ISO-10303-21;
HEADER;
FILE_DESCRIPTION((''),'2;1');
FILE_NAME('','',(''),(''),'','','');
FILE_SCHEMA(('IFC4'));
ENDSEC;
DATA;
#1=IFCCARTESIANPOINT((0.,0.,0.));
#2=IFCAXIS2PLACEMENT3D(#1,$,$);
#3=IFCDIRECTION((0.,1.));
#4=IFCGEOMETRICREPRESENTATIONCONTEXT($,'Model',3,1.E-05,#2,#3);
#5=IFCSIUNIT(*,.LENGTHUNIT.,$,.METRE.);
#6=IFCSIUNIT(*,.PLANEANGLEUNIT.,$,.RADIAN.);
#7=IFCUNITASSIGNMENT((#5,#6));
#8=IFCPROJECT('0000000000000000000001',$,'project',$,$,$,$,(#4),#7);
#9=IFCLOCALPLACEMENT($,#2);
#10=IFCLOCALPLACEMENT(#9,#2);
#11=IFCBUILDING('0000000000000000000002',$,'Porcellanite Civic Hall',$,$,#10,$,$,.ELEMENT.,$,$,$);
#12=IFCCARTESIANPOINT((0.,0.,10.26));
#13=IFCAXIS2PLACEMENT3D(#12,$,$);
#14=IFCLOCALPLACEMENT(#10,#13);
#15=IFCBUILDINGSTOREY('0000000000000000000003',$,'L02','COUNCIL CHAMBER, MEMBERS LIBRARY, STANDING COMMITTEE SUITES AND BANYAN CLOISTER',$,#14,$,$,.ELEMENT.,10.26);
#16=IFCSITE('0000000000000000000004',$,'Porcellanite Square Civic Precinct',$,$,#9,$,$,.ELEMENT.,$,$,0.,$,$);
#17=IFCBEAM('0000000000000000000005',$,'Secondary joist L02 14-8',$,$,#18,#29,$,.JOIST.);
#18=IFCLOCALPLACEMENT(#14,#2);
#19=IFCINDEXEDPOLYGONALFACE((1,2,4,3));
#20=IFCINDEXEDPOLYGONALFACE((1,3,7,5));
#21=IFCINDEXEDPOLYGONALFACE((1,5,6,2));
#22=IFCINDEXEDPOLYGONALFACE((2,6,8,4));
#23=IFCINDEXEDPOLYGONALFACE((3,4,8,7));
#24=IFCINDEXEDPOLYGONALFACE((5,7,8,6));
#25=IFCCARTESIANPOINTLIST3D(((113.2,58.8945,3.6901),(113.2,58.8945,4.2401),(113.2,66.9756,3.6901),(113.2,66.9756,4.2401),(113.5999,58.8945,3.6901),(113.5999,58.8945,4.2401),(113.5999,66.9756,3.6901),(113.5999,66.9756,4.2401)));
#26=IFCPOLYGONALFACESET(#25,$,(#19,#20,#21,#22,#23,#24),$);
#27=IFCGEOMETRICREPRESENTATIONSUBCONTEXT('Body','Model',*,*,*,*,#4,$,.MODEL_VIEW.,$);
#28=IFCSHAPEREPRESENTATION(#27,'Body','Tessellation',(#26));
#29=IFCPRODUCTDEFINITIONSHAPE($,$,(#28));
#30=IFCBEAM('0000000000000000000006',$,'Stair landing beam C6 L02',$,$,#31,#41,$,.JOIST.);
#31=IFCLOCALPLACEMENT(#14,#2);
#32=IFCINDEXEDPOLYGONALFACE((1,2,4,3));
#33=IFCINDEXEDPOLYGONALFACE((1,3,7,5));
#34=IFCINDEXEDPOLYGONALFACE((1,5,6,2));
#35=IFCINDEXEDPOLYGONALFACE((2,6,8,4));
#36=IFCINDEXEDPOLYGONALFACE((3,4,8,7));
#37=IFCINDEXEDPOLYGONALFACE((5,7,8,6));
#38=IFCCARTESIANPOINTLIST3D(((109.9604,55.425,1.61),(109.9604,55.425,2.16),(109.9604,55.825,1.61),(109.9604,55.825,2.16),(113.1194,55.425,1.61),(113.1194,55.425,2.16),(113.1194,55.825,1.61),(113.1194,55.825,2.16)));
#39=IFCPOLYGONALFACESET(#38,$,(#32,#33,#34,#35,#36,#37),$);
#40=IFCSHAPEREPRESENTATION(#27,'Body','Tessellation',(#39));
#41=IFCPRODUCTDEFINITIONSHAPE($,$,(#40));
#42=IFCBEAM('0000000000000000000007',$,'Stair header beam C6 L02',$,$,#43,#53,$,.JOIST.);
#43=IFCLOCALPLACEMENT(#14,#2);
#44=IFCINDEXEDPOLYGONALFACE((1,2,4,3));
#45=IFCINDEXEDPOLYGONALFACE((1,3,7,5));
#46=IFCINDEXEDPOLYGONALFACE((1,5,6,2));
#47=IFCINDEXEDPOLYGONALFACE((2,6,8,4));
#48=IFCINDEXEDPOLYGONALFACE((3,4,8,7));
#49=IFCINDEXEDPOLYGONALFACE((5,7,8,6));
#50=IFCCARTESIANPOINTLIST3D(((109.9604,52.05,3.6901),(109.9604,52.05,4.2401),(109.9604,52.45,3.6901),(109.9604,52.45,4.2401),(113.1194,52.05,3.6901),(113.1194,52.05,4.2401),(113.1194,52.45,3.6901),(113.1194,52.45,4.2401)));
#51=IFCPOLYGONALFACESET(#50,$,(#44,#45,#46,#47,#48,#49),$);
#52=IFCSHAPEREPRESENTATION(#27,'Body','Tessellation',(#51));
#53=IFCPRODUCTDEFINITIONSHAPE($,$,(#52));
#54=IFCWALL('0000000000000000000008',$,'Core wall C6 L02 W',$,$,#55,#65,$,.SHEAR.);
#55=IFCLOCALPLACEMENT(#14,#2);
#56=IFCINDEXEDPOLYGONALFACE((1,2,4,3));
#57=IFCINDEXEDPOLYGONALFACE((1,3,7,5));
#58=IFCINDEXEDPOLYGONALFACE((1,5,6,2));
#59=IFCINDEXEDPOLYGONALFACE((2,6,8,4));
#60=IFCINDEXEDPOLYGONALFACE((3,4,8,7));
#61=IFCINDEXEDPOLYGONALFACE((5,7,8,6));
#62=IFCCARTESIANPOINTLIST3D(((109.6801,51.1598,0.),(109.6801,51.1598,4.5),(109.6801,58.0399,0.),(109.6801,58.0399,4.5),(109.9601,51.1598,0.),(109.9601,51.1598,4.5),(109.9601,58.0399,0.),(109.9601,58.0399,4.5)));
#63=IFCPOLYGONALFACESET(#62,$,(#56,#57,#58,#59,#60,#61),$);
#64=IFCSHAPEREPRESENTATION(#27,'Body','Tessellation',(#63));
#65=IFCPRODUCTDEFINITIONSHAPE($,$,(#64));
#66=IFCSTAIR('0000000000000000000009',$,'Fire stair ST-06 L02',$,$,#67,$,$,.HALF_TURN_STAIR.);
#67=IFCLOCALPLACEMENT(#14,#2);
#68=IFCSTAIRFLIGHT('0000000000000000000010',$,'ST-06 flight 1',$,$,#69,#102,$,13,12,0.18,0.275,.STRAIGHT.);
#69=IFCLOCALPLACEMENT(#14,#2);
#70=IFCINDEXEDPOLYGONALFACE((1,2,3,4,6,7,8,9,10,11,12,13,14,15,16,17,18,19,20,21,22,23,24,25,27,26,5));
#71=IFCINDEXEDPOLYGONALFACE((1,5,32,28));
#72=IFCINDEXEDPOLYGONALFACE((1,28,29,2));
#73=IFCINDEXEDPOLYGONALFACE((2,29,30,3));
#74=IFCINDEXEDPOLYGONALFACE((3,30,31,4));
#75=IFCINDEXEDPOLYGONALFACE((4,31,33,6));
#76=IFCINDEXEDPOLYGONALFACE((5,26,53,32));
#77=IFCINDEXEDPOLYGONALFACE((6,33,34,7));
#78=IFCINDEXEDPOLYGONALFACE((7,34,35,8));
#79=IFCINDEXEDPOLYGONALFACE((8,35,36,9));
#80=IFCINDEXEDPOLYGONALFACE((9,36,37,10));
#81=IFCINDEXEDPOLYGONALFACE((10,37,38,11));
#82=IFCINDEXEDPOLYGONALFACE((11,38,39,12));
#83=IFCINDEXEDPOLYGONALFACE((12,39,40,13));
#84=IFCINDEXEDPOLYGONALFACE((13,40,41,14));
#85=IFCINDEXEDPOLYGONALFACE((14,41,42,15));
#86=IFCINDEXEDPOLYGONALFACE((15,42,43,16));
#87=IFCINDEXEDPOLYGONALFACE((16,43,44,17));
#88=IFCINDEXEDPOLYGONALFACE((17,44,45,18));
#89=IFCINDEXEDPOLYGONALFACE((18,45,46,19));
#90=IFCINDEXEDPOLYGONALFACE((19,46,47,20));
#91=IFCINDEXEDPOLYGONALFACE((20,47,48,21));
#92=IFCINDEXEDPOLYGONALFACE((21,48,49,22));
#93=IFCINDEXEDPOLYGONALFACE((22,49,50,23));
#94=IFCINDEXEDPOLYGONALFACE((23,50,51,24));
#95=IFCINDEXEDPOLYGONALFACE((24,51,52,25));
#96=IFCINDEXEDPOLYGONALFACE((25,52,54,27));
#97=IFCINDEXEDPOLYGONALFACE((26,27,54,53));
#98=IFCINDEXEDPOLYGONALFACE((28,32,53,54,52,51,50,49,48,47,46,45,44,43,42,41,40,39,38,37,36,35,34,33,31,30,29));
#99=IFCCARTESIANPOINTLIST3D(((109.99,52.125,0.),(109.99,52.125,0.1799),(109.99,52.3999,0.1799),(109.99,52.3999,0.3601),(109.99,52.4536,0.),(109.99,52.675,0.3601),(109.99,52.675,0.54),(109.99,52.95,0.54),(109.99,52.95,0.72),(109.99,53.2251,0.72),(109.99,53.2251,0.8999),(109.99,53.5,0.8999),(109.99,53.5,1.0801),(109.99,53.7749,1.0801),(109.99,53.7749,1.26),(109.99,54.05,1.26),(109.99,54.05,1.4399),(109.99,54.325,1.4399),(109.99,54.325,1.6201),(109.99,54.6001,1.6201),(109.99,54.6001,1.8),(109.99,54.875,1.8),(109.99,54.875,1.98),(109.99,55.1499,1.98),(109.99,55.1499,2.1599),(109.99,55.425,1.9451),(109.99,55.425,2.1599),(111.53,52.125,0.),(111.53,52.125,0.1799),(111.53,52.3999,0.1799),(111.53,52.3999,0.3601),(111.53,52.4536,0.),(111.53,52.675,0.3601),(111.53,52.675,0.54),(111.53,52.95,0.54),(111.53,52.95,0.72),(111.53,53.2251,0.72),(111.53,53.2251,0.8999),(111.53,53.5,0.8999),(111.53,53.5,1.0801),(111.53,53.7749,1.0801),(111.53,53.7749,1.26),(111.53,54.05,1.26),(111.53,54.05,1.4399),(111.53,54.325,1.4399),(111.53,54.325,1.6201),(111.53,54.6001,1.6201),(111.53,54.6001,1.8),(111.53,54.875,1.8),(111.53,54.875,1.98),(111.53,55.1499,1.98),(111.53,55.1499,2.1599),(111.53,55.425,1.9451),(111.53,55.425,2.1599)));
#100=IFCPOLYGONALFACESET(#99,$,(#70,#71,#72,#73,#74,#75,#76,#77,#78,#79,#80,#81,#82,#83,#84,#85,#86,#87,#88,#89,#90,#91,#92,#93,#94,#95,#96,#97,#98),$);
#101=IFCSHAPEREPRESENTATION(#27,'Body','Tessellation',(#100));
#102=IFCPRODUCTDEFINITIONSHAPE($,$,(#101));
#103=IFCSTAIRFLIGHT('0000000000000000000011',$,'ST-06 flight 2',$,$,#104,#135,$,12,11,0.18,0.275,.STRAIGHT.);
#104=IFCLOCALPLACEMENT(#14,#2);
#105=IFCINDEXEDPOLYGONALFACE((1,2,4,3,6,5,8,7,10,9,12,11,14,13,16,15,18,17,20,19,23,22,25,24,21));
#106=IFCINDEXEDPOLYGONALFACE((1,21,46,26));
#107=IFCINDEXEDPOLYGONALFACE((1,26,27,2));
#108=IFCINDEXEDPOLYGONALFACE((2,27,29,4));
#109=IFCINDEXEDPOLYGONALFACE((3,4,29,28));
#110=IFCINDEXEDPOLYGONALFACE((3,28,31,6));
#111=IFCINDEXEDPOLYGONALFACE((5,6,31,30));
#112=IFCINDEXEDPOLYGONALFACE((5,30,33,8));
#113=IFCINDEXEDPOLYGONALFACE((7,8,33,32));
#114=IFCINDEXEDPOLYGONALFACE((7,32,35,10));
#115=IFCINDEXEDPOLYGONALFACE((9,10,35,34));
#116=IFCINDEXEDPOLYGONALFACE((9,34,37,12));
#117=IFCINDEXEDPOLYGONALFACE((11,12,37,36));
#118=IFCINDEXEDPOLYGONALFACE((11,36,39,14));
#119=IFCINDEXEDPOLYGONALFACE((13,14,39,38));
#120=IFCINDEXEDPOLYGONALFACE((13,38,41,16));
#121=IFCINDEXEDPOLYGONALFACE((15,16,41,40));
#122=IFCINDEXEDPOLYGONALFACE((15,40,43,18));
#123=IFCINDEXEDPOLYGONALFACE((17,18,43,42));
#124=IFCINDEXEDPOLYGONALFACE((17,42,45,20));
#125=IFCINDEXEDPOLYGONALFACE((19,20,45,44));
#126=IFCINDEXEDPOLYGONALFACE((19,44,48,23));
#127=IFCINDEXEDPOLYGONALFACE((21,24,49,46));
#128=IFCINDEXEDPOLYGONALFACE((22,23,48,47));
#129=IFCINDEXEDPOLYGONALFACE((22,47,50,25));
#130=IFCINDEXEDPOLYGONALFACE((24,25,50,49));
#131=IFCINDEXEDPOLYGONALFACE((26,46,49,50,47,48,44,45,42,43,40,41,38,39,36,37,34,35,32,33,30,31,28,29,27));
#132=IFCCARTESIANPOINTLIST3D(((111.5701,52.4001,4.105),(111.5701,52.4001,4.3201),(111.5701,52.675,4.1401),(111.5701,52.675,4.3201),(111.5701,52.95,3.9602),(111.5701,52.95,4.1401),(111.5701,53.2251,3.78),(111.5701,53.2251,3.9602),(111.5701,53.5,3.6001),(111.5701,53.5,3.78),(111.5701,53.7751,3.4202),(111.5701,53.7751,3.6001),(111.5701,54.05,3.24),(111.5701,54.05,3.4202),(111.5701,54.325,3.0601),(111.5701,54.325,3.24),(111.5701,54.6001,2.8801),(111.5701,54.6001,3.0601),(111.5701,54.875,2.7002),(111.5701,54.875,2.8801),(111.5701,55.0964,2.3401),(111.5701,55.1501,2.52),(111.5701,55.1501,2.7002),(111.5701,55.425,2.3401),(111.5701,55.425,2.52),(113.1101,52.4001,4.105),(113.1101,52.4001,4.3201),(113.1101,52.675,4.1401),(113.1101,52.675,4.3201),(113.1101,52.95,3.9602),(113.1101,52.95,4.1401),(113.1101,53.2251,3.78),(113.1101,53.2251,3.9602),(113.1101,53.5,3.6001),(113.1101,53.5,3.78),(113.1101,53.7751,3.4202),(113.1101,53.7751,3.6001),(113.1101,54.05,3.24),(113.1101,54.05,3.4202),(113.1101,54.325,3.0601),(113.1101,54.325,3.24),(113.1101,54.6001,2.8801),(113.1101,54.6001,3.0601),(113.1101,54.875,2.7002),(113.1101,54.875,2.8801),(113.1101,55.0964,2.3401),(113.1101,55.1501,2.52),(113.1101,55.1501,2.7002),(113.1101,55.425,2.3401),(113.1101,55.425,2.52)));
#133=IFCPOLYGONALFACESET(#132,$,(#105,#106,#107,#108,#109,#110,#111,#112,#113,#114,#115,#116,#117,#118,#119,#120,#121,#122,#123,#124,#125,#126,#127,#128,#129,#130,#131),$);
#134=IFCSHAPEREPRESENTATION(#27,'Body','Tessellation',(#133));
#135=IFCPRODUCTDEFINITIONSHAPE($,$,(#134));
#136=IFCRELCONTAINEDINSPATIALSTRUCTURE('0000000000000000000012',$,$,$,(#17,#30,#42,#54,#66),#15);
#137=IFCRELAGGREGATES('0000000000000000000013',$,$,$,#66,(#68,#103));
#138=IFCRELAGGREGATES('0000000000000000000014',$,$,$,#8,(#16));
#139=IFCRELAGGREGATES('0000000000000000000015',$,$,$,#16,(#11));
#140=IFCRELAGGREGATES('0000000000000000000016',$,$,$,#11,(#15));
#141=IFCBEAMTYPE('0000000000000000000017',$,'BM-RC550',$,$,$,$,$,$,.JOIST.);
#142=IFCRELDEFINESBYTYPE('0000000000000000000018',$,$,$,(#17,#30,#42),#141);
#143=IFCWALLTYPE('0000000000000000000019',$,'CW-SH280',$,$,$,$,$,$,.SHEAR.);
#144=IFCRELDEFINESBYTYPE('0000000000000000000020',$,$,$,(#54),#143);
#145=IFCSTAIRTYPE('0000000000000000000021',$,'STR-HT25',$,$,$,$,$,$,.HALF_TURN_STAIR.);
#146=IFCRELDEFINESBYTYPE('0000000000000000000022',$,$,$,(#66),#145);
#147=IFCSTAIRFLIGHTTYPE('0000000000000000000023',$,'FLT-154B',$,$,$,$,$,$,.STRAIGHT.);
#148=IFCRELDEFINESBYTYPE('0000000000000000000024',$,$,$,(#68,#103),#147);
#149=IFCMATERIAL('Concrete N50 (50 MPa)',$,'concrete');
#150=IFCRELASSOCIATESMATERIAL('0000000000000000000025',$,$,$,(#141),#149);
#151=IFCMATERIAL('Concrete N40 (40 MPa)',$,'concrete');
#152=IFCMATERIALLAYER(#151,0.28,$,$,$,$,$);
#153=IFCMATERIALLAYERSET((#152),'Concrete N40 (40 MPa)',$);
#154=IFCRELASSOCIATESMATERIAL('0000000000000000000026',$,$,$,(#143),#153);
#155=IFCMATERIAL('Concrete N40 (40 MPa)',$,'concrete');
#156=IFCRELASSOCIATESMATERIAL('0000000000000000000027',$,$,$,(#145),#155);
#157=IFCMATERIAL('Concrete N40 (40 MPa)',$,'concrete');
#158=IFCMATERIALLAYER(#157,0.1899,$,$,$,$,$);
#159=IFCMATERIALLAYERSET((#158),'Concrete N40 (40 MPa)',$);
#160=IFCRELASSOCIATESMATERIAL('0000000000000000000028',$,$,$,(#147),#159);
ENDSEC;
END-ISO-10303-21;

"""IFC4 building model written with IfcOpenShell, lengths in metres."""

from ifc_helpers import new_model, si_unit, direction, frame, frame_2d, origin, origin_2d, place, context, subcontext, project, spatial, polyline, rectangle, outline, extrude, material, layer, layer_set, material_profile, profile_set, type_object, element, aggregate, save


model = new_model("IFC4")

# Units and contexts
model_context = context("Model", 3, precision=1e-05, world=origin(), true_north=direction((0.0, 1.0)))
body_context = subcontext(model_context, "Body", "Model", "MODEL_VIEW")
ifc_project = project(units=[si_unit("LENGTHUNIT", "METRE"), si_unit("PLANEANGLEUNIT", "RADIAN")], contexts=[model_context])

# Site, building, storey
site_placement = place(None, origin())
site = spatial("IfcSite", under=ifc_project, at=site_placement, Name="Porcellanite Square Civic Precinct", CompositionType="ELEMENT", RefElevation=0.0)
building_placement = place(site_placement, origin())
building = spatial("IfcBuilding", under=site, at=building_placement, Name="Porcellanite Civic Hall", CompositionType="ELEMENT")
storey_placement = place(building_placement, frame((0.0, 0.0, 10.26)))
storey = spatial("IfcBuildingStorey", under=building, at=storey_placement, Name="L02", Description="COUNCIL CHAMBER, MEMBERS LIBRARY, STANDING COMMITTEE SUITES AND BANYAN CLOISTER", CompositionType="ELEMENT", Elevation=10.26)

# Beams
ifc_material_1 = material(Name="Concrete N50 (50 MPa)", Category="concrete")
ifc_material_profile = material_profile(ifc_material_1, rectangle(XDim=0.3999, YDim=0.55, at=origin_2d()), Name="RC-400x550")
ifc_profile_set = profile_set([ifc_material_profile], Name="Concrete N50 (50 MPa)")
beam_type = type_object("IfcBeamType", Name="BM-RC550", PredefinedType="JOIST", material=ifc_profile_set)
beam_placement = place(storey_placement, frame((113.3999, 58.8945, 3.9651), z_axis=(0.0, 1.0, 0.0), x_axis=(-1.0, 0.0, 0.0)))
element("IfcBeam", 1, at=beam_placement, inside=storey, type_object=beam_type, Name="Secondary joist L02 14-8", PredefinedType="JOIST", context=body_context, shape_type="SweptSolid", body=[
    extrude(rectangle(XDim=0.3999, YDim=0.55, at=origin_2d()), origin(), (0.0, 0.0, 1.0), 8.0811),
])
for number, where, z_axis, x_axis, name in (
    (2, (109.9604, 55.625, 1.885), (1.0, 0.0, 0.0), (0.0, 1.0, 0.0), "Stair landing beam C6 L02"),
    (3, (109.9604, 52.25, 3.9651), (1.0, 0.0, 0.0), (0.0, 1.0, 0.0), "Stair header beam C6 L02"),
):
    element("IfcBeam", number, at=place(storey_placement, frame(where, z_axis=z_axis, x_axis=x_axis)), inside=storey, type_object=beam_type, Name=name, PredefinedType="JOIST", context=body_context, shape_type="SweptSolid", body=[
        extrude(rectangle(XDim=0.3999, YDim=0.55, at=origin_2d()), origin(), (0.0, 0.0, 1.0), 3.1589),
    ])

# Wall
ifc_material_2 = material(Name="Concrete N40 (40 MPa)", Category="concrete")
ifc_layer_1 = layer(ifc_material_2, 0.28)
ifc_layer_set_1 = layer_set([ifc_layer_1], Name="Concrete N40 (40 MPa)")
wall_type_1 = type_object("IfcWallType", Name="CW-SH280", PredefinedType="SHEAR", material=ifc_layer_set_1)
wall_1_placement = place(storey_placement, frame((109.8201, 51.1599, 0.0), z_axis=(0.0, 0.0, 1.0), x_axis=(0.0, 1.0, 0.0)))
element("IfcWall", 4, at=wall_1_placement, inside=storey, type_object=wall_type_1, Name="Core wall C6 L02 W", PredefinedType="SHEAR", context=body_context, shape_type="SweptSolid", body=[
    extrude(rectangle(XDim=6.8801, YDim=0.28, at=frame_2d((3.4399, 0.0))), origin(), (0.0, 0.0, 1.0), 4.5),
])

# Stair, stair flights
ifc_material_3 = material(Name="Concrete N40 (40 MPa)", Category="concrete")
stair_type = type_object("IfcStairType", Name="STR-HT25", PredefinedType="HALF_TURN_STAIR", material=ifc_material_3)
stair_placement = place(storey_placement, origin())
stair = element("IfcStair", 5, at=stair_placement, inside=storey, type_object=stair_type, Name="Fire stair ST-06 L02", PredefinedType="HALF_TURN_STAIR")
ifc_material_4 = material(Name="Concrete N40 (40 MPa)", Category="concrete")
ifc_layer_2 = layer(ifc_material_4, 0.1899)
ifc_layer_set_2 = layer_set([ifc_layer_2], Name="Concrete N40 (40 MPa)")
stair_flight_type = type_object("IfcStairFlightType", Name="FLT-154B", PredefinedType="STRAIGHT", material=ifc_layer_set_2)
stair_flight_1_placement = place(storey_placement, frame((110.76, 52.125, 0.0), z_axis=(0.0, 0.0, 1.0), x_axis=(0.0, 1.0, 0.0)))
stair_flight_1 = element("IfcStairFlight", 6, at=stair_flight_1_placement, type_object=stair_flight_type, Name="ST-06 flight 1", NumberOfRisers=13, NumberOfTreads=12, PredefinedType="STRAIGHT", RiserHeight=0.18, TreadLength=0.275, context=body_context, shape_type="SweptSolid", body=[
    extrude(outline(polyline([(0.0, 0.0), (0.0, 0.1799), (0.2749, 0.1799), (0.2749, 0.3601), (0.55, 0.3601), (0.55, 0.54), (0.825, 0.54), (0.825, 0.72), (1.1001, 0.72), (1.1001, 0.8999), (1.375, 0.8999), (1.375, 1.0801), (1.6499, 1.0801), (1.6499, 1.26), (1.925, 1.26), (1.925, 1.4399), (2.2, 1.4399), (2.2, 1.6201), (2.4751, 1.6201), (2.4751, 1.8), (2.75, 1.8), (2.75, 1.98), (3.0249, 1.98), (3.0249, 2.1599), (3.3, 2.1599), (3.3, 2.3401), (3.3, 1.9451), (0.3286, 0.0), (0.0, 0.0)])), frame((0.0, 0.77, 0.0), z_axis=(0.0, -1.0, 0.0), x_axis=(1.0, 0.0, 0.0)), (0.0, 0.0, 1.0), 1.54),
])
stair_flight_2_placement = place(storey_placement, frame((112.3401, 55.425, 2.3401), z_axis=(0.0, 0.0, 1.0), x_axis=(0.0, -1.0, 0.0)))
stair_flight_2 = element("IfcStairFlight", 7, at=stair_flight_2_placement, type_object=stair_flight_type, Name="ST-06 flight 2", NumberOfRisers=12, NumberOfTreads=11, PredefinedType="STRAIGHT", RiserHeight=0.18, TreadLength=0.275, context=body_context, shape_type="SweptSolid", body=[
    extrude(outline(polyline([(0.0, 0.0), (0.0, 0.1799), (0.2749, 0.1799), (0.2749, 0.3601), (0.55, 0.3601), (0.55, 0.54), (0.825, 0.54), (0.825, 0.72), (1.1001, 0.72), (1.1001, 0.8999), (1.375, 0.8999), (1.375, 1.0801), (1.6499, 1.0801), (1.6499, 1.26), (1.925, 1.26), (1.925, 1.4399), (2.2, 1.4399), (2.2, 1.6201), (2.4751, 1.6201), (2.4751, 1.8), (2.75, 1.8), (2.75, 1.98), (3.0249, 1.98), (3.0249, 2.1599), (3.0249, 1.7649), (0.3286, 0.0), (0.0, 0.0)])), frame((0.0, 0.77, 0.0), z_axis=(0.0, -1.0, 0.0), x_axis=(1.0, 0.0, 0.0)), (0.0, 0.0, 1.0), 1.54),
])
aggregate(stair, [stair_flight_1, stair_flight_2])

save(model, "model.ifc")
